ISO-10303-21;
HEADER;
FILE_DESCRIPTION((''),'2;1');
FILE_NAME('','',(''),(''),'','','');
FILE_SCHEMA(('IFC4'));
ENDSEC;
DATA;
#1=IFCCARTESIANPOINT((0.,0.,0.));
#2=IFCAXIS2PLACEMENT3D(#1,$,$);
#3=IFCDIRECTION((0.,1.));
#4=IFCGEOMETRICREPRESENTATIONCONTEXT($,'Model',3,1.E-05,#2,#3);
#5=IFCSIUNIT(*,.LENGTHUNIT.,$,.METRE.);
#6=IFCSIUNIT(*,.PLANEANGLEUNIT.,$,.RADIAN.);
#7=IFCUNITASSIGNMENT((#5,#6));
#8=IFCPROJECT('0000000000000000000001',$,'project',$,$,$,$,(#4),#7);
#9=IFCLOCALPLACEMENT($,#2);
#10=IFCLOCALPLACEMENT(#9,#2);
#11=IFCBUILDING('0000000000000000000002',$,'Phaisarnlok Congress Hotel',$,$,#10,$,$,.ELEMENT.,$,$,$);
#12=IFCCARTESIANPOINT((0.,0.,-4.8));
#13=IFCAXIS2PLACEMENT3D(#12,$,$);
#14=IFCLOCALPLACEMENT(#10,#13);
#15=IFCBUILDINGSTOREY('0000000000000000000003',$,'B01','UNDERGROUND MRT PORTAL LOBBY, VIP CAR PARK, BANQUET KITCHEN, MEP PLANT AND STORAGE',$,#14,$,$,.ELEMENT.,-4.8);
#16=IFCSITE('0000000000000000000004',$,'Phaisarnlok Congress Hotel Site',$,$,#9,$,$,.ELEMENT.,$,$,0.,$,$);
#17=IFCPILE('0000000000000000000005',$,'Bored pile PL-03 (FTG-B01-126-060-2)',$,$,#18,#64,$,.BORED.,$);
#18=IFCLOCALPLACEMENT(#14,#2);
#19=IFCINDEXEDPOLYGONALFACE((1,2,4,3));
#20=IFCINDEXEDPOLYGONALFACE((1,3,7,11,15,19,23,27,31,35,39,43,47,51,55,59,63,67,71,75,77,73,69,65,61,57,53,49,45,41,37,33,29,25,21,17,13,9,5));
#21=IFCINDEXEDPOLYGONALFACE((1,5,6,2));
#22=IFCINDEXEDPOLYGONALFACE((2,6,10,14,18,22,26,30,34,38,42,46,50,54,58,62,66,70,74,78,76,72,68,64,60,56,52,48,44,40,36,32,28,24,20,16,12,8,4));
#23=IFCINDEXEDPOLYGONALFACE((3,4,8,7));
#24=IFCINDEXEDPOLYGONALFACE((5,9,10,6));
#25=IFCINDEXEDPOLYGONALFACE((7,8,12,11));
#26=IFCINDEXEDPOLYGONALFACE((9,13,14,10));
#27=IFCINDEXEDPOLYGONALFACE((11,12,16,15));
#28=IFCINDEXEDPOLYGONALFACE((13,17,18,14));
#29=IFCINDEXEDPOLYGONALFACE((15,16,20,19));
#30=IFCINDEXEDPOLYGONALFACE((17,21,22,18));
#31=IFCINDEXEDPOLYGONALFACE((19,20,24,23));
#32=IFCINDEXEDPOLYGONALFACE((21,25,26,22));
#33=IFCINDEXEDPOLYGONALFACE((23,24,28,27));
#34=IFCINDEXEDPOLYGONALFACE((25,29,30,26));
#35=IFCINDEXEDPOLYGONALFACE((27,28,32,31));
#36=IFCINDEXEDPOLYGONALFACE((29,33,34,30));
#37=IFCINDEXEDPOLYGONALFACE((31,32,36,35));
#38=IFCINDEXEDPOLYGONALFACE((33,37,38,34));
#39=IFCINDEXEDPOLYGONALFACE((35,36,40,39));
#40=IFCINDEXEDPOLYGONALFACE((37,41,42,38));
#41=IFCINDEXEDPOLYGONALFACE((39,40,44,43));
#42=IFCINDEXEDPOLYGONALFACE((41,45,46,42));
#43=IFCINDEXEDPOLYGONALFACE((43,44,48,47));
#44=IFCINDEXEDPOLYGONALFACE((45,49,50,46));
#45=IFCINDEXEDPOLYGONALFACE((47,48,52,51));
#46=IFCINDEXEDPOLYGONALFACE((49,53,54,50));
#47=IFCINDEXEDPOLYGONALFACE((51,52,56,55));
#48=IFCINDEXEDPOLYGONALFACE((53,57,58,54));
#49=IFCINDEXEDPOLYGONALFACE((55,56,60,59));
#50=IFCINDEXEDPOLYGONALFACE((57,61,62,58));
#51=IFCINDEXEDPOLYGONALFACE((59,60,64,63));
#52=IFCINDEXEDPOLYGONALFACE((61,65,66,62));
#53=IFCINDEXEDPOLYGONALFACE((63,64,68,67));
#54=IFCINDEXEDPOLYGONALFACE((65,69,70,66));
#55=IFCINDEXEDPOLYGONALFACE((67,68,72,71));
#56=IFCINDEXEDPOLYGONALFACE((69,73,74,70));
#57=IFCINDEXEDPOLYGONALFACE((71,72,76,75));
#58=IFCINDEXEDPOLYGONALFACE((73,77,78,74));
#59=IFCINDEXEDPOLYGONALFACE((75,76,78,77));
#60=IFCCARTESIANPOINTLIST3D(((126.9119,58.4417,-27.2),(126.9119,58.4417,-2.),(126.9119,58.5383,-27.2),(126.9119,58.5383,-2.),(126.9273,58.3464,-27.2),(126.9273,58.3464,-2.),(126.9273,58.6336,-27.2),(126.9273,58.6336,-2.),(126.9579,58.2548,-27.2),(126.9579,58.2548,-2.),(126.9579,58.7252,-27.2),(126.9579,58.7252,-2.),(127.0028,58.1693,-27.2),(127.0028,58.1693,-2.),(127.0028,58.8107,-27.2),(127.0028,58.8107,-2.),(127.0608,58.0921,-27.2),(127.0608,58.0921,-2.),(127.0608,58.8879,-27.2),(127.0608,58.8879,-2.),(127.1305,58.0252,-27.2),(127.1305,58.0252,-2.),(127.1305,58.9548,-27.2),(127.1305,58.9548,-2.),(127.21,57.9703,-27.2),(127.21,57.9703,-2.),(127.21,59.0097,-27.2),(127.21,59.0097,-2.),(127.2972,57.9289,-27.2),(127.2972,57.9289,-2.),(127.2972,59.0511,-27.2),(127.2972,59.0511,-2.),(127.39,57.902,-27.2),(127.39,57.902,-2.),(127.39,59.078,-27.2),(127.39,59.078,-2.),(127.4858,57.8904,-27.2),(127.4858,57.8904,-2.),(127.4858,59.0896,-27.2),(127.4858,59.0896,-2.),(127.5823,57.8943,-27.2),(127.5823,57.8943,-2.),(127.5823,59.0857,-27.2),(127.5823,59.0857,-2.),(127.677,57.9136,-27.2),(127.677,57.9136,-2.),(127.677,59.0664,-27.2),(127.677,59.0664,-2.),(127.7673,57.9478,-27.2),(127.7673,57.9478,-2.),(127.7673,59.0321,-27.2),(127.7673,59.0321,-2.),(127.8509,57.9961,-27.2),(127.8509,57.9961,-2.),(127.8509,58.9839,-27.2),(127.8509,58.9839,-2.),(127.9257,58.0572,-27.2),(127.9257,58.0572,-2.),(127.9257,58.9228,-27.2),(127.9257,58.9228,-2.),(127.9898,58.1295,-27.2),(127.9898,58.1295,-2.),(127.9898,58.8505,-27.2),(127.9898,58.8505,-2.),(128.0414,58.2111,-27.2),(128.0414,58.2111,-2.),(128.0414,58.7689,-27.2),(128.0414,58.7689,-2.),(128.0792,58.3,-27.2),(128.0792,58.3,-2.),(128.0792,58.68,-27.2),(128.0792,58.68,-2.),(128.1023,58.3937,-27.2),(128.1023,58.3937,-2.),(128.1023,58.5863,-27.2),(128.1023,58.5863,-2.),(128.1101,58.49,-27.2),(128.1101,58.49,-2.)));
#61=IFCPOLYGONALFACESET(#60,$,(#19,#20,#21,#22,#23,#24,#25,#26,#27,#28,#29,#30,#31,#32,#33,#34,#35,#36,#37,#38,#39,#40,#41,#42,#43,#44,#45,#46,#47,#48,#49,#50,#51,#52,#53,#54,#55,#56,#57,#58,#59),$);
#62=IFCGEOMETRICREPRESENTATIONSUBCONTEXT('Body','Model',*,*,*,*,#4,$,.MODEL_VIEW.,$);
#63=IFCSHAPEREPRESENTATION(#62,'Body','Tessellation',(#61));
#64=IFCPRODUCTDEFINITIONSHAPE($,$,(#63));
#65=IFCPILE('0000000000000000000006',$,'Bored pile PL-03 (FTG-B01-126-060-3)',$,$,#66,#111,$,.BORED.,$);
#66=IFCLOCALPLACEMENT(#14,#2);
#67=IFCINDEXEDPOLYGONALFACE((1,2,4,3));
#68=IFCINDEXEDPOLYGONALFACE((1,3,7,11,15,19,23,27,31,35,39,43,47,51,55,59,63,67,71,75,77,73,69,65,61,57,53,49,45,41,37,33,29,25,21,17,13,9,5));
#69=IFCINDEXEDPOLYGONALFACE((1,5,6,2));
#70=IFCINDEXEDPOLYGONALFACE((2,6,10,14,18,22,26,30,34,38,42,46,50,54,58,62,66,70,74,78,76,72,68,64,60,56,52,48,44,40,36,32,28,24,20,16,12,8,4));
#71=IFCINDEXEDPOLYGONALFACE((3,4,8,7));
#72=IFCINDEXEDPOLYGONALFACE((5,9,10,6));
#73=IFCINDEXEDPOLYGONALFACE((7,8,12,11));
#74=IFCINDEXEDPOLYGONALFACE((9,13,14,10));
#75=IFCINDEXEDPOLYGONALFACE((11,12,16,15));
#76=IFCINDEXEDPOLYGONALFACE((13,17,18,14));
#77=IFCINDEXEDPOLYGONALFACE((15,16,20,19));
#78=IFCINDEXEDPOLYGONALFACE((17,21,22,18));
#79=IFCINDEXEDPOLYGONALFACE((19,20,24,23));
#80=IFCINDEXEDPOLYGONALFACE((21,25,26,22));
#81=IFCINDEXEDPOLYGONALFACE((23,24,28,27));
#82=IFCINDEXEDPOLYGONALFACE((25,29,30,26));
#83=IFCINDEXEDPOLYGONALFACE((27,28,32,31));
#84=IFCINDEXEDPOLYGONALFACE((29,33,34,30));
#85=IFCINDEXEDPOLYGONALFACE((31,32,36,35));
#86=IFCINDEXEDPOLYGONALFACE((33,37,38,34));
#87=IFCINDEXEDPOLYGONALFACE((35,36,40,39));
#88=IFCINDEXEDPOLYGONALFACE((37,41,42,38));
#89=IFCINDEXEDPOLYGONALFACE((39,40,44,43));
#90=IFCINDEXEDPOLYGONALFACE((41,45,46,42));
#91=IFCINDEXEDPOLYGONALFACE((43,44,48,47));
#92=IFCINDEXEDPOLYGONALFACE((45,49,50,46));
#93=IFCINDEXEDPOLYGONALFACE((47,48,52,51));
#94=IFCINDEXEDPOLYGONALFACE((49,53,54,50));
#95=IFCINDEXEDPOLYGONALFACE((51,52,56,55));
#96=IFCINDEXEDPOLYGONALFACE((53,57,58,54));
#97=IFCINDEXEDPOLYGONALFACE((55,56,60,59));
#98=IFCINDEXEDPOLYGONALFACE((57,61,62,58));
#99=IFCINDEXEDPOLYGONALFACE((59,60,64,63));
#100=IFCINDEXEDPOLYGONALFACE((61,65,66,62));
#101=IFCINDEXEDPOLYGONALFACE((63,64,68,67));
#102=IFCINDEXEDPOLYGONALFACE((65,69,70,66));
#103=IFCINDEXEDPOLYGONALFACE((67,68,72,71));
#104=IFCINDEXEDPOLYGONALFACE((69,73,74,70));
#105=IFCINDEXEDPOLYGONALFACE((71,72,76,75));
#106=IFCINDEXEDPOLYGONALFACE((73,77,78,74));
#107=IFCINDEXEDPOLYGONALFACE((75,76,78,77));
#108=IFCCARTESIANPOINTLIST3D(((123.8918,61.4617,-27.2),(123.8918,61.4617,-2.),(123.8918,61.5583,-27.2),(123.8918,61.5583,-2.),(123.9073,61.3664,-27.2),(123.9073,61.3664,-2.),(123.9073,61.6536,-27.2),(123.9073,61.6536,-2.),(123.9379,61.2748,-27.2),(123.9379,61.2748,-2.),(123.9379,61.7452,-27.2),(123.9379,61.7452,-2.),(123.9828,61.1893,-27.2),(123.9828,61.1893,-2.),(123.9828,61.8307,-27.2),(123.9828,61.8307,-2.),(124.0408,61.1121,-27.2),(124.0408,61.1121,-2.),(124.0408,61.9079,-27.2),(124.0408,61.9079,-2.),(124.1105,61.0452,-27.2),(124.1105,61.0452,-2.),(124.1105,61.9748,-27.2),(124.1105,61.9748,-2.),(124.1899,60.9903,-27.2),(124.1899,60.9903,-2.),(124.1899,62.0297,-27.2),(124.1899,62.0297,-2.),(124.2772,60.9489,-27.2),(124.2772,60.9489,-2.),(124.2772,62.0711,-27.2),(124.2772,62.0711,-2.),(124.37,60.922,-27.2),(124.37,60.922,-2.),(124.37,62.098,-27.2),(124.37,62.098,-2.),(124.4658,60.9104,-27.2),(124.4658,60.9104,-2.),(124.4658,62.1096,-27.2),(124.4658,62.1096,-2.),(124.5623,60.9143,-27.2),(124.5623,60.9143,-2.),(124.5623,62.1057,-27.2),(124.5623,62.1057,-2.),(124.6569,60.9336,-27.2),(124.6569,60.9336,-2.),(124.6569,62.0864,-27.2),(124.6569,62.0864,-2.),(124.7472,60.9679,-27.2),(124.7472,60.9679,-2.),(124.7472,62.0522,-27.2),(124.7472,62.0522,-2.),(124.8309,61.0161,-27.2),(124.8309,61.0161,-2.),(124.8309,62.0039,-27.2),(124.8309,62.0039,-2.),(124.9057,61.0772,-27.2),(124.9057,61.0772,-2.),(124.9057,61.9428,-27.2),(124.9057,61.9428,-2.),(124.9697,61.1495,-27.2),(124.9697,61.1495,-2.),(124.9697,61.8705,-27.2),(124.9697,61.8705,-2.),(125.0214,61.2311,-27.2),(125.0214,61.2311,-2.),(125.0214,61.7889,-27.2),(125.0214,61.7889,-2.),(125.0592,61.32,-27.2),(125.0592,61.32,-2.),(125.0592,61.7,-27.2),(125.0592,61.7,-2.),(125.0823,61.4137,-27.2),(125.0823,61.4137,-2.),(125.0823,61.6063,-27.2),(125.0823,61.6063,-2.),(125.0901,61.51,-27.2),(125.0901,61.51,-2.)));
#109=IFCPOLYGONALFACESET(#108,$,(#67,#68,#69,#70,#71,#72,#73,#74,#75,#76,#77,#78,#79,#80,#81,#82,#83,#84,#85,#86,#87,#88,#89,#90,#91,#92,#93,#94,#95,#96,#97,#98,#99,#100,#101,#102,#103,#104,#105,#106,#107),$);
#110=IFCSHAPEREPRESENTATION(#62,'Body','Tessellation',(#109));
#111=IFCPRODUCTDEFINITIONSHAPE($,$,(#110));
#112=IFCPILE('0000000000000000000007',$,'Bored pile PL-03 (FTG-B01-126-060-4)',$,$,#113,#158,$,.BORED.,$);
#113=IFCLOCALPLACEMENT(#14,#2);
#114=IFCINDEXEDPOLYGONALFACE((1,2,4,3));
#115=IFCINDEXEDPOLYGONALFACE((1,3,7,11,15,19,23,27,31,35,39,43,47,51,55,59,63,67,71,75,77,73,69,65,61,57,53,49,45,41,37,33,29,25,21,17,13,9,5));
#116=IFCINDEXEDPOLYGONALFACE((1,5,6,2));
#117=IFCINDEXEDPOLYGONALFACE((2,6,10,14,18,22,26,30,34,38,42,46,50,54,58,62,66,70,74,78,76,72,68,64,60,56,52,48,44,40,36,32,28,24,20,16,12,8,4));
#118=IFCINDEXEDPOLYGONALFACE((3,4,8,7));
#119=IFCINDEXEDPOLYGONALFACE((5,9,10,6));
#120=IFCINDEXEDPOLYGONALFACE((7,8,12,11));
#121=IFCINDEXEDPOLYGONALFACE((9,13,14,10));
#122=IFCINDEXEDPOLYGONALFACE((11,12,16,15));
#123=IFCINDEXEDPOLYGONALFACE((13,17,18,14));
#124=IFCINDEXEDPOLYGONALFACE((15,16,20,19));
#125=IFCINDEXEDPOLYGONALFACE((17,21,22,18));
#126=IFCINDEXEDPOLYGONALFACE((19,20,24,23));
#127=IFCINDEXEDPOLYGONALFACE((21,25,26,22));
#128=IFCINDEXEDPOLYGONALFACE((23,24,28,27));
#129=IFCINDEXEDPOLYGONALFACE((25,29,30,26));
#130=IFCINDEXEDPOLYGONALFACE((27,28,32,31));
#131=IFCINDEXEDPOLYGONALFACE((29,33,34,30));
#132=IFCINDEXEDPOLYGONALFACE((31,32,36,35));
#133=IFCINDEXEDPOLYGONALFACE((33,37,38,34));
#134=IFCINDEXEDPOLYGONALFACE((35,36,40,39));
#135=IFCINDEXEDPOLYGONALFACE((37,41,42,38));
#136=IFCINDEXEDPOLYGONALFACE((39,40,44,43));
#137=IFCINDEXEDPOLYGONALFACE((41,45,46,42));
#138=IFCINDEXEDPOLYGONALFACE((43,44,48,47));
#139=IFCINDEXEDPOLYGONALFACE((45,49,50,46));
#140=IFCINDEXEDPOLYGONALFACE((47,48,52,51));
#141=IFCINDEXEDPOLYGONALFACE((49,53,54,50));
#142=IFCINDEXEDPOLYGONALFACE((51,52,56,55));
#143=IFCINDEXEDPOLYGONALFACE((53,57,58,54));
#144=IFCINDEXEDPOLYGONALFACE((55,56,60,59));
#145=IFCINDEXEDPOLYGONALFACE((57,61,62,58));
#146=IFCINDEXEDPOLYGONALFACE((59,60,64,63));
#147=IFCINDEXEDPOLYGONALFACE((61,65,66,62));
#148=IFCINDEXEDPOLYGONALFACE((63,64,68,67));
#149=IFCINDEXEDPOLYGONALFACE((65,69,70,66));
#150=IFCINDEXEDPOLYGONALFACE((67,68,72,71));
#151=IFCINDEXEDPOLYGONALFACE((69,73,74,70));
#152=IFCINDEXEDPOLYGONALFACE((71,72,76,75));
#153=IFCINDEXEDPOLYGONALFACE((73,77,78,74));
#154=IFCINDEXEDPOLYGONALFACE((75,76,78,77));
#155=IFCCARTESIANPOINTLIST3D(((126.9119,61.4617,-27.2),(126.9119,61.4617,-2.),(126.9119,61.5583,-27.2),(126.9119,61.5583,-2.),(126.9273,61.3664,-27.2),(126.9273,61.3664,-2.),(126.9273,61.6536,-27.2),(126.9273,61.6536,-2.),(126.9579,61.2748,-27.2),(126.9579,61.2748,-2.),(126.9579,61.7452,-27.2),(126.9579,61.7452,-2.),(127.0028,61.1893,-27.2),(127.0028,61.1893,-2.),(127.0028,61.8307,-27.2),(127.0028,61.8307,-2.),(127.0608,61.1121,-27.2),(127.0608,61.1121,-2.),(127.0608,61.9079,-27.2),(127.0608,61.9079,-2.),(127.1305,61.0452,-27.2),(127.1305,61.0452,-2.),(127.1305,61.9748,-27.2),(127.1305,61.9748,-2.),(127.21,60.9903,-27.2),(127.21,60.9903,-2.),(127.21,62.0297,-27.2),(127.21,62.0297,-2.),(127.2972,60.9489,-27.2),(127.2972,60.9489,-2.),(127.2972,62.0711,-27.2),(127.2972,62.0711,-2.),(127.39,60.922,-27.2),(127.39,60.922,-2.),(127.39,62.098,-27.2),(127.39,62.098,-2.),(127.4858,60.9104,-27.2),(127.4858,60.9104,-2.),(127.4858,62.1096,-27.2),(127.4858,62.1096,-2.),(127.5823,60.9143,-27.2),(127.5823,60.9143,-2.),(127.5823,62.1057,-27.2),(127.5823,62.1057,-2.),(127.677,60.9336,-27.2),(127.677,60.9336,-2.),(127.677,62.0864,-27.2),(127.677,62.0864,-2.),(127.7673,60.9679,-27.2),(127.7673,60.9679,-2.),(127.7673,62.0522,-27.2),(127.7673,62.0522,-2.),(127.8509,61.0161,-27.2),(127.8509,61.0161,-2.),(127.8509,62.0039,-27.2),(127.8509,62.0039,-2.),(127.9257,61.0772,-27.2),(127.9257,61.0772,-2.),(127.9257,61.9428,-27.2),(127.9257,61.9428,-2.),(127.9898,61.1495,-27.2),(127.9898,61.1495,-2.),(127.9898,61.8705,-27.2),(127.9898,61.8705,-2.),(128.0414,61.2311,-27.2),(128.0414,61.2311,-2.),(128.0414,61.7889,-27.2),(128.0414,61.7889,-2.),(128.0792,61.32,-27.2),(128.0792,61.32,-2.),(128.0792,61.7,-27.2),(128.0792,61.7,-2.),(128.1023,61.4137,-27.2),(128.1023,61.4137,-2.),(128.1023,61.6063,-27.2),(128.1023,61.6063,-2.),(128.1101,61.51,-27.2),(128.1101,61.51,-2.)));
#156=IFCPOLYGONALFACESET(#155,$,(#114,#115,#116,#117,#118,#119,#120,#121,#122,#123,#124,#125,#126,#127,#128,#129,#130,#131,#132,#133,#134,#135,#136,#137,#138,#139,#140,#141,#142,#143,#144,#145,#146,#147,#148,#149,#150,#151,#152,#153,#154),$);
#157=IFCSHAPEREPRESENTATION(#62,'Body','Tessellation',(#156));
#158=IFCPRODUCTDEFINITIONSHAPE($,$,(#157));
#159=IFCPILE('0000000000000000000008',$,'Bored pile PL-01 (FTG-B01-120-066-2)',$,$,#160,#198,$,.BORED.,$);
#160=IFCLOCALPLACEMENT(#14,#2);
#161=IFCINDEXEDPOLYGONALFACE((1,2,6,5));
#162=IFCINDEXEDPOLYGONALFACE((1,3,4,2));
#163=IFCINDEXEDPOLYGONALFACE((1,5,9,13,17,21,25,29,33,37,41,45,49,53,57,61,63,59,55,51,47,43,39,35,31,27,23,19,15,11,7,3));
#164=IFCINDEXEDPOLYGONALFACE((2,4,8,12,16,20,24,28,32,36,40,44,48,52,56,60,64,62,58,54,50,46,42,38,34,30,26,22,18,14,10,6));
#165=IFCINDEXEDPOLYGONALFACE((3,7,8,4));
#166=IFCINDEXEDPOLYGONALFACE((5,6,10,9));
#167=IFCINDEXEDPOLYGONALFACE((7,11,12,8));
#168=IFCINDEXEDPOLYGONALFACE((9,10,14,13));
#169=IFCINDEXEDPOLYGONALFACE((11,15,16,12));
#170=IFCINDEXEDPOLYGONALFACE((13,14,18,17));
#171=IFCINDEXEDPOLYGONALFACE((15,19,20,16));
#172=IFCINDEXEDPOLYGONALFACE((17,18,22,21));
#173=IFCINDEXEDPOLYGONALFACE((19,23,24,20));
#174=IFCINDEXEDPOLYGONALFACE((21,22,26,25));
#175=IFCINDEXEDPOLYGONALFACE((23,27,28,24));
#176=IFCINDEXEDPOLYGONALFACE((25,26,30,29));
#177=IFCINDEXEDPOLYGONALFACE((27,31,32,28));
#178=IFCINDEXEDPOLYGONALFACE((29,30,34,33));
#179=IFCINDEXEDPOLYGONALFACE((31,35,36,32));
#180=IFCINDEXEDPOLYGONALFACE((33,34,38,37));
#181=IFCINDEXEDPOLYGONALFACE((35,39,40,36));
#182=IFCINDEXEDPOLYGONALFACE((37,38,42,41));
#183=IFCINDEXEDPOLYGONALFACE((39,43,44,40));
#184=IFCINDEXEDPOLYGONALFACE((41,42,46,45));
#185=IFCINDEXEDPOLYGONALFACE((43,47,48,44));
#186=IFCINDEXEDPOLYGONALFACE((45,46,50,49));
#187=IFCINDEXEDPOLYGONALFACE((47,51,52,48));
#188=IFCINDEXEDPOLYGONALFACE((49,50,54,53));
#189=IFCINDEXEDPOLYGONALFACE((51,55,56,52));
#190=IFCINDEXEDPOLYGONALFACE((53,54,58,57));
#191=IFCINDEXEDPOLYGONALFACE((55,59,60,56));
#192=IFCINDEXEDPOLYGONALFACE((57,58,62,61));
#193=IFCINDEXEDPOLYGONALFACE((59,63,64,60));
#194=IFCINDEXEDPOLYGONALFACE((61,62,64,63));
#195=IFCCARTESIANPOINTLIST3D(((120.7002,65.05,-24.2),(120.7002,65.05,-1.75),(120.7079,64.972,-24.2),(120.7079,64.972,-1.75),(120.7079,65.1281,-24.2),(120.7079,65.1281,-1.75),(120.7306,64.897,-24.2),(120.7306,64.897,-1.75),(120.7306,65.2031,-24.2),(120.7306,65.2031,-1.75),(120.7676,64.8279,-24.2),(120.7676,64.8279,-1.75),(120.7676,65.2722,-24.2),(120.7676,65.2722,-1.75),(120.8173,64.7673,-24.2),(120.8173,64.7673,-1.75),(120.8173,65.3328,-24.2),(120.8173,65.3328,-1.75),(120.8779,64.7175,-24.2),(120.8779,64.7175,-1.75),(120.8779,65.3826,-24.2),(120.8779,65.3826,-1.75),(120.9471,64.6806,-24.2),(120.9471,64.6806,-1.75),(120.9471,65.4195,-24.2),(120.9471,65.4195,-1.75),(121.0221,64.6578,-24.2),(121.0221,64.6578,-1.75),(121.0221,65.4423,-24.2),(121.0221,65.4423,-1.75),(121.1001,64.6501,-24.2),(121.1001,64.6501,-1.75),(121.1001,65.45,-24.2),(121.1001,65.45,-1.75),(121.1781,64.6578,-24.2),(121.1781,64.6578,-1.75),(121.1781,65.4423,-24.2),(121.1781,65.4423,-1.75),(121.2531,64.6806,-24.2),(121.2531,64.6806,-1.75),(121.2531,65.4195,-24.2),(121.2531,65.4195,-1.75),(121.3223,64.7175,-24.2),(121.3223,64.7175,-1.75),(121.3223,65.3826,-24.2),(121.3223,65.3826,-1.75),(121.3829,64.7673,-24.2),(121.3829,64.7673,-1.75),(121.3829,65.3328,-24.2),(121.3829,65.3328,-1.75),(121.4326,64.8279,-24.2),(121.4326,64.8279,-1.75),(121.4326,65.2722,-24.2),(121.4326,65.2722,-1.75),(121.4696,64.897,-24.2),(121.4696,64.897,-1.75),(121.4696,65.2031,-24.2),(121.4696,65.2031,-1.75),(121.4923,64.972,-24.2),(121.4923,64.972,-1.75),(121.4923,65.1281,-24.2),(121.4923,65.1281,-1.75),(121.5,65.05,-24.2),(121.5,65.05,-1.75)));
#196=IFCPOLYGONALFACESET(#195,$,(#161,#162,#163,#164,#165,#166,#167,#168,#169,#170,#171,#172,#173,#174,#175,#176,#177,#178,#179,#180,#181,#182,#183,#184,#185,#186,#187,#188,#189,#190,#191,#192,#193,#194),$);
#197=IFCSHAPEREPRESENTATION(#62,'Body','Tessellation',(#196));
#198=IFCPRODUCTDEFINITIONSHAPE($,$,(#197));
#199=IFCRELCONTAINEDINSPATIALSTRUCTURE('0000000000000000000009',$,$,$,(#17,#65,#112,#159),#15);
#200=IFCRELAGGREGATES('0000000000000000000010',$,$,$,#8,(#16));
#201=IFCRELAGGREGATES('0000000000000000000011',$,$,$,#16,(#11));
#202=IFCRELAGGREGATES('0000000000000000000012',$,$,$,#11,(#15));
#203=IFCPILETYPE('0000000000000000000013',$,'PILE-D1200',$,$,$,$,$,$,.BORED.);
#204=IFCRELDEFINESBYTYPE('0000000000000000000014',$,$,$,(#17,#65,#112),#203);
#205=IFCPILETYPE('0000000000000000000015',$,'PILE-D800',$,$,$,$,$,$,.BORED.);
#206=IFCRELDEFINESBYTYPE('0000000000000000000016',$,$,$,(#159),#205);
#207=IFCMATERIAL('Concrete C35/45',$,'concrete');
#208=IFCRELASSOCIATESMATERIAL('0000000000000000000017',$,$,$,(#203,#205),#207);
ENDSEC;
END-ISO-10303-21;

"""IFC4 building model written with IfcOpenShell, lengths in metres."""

from ifc_helpers import new_model, si_unit, direction, frame, origin, origin_2d, place, context, subcontext, project, spatial, circle, extrude, material, material_profile, profile_set, type_object, element, save


model = new_model("IFC4")

# Units and contexts
model_context = context("Model", 3, precision=1e-05, world=origin(), true_north=direction((0.0, 1.0)))
body_context = subcontext(model_context, "Body", "Model", "MODEL_VIEW")
ifc_project = project(units=[si_unit("LENGTHUNIT", "METRE"), si_unit("PLANEANGLEUNIT", "RADIAN")], contexts=[model_context])

# Site, building, storey
site_placement = place(None, origin())
site = spatial("IfcSite", under=ifc_project, at=site_placement, Name="Phaisarnlok Congress Hotel Site", CompositionType="ELEMENT", RefElevation=0.0)
building_placement = place(site_placement, origin())
building = spatial("IfcBuilding", under=site, at=building_placement, Name="Phaisarnlok Congress Hotel", CompositionType="ELEMENT")
storey_placement = place(building_placement, frame((0.0, 0.0, -4.8)))
storey = spatial("IfcBuildingStorey", under=building, at=storey_placement, Name="B01", Description="UNDERGROUND MRT PORTAL LOBBY, VIP CAR PARK, BANQUET KITCHEN, MEP PLANT AND STORAGE", CompositionType="ELEMENT", Elevation=-4.8)

# Piles
ifc_material_1 = material(Name="Concrete C35/45", Category="concrete")
ifc_material_profile_1 = material_profile(ifc_material_1, circle(Radius=0.6001, at=origin_2d()), Name="BORED PILE D1200")
ifc_profile_set_1 = profile_set([ifc_material_profile_1], Name="Concrete C35/45")
pile_type_1 = type_object("IfcPileType", Name="PILE-D1200", PredefinedType="BORED", material=ifc_profile_set_1)
for number, where, z_axis, x_axis, name in (
    (1, (127.51, 58.49, -2.0), (0.0, 0.0, -1.0), (1.0, 0.0, 0.0), "Bored pile PL-03 (FTG-B01-126-060-2)"),
    (2, (124.49, 61.51, -2.0), (0.0, 0.0, -1.0), (1.0, 0.0, 0.0), "Bored pile PL-03 (FTG-B01-126-060-3)"),
    (3, (127.51, 61.51, -2.0), (0.0, 0.0, -1.0), (1.0, 0.0, 0.0), "Bored pile PL-03 (FTG-B01-126-060-4)"),
):
    element("IfcPile", number, at=place(storey_placement, frame(where, z_axis=z_axis, x_axis=x_axis)), inside=storey, type_object=pile_type_1, Name=name, PredefinedType="BORED", context=body_context, shape_type="SweptSolid", body=[
        extrude(circle(Radius=0.6001, at=origin_2d()), origin(), (0.0, 0.0, 1.0), 25.2),
    ])
ifc_material_profile_2 = material_profile(ifc_material_1, circle(Radius=0.3999, at=origin_2d()), Name="BORED PILE D800")
ifc_profile_set_2 = profile_set([ifc_material_profile_2], Name="Concrete C35/45")
pile_type_2 = type_object("IfcPileType", Name="PILE-D800", PredefinedType="BORED", material=ifc_profile_set_2)
pile_1_placement = place(storey_placement, frame((121.1001, 65.05, -1.75), z_axis=(0.0, 0.0, -1.0), x_axis=(1.0, 0.0, 0.0)))
element("IfcPile", 4, at=pile_1_placement, inside=storey, type_object=pile_type_2, Name="Bored pile PL-01 (FTG-B01-120-066-2)", PredefinedType="BORED", context=body_context, shape_type="SweptSolid", body=[
    extrude(circle(Radius=0.3999, at=origin_2d()), origin(), (0.0, 0.0, 1.0), 22.45),
])

save(model, "model.ifc")
